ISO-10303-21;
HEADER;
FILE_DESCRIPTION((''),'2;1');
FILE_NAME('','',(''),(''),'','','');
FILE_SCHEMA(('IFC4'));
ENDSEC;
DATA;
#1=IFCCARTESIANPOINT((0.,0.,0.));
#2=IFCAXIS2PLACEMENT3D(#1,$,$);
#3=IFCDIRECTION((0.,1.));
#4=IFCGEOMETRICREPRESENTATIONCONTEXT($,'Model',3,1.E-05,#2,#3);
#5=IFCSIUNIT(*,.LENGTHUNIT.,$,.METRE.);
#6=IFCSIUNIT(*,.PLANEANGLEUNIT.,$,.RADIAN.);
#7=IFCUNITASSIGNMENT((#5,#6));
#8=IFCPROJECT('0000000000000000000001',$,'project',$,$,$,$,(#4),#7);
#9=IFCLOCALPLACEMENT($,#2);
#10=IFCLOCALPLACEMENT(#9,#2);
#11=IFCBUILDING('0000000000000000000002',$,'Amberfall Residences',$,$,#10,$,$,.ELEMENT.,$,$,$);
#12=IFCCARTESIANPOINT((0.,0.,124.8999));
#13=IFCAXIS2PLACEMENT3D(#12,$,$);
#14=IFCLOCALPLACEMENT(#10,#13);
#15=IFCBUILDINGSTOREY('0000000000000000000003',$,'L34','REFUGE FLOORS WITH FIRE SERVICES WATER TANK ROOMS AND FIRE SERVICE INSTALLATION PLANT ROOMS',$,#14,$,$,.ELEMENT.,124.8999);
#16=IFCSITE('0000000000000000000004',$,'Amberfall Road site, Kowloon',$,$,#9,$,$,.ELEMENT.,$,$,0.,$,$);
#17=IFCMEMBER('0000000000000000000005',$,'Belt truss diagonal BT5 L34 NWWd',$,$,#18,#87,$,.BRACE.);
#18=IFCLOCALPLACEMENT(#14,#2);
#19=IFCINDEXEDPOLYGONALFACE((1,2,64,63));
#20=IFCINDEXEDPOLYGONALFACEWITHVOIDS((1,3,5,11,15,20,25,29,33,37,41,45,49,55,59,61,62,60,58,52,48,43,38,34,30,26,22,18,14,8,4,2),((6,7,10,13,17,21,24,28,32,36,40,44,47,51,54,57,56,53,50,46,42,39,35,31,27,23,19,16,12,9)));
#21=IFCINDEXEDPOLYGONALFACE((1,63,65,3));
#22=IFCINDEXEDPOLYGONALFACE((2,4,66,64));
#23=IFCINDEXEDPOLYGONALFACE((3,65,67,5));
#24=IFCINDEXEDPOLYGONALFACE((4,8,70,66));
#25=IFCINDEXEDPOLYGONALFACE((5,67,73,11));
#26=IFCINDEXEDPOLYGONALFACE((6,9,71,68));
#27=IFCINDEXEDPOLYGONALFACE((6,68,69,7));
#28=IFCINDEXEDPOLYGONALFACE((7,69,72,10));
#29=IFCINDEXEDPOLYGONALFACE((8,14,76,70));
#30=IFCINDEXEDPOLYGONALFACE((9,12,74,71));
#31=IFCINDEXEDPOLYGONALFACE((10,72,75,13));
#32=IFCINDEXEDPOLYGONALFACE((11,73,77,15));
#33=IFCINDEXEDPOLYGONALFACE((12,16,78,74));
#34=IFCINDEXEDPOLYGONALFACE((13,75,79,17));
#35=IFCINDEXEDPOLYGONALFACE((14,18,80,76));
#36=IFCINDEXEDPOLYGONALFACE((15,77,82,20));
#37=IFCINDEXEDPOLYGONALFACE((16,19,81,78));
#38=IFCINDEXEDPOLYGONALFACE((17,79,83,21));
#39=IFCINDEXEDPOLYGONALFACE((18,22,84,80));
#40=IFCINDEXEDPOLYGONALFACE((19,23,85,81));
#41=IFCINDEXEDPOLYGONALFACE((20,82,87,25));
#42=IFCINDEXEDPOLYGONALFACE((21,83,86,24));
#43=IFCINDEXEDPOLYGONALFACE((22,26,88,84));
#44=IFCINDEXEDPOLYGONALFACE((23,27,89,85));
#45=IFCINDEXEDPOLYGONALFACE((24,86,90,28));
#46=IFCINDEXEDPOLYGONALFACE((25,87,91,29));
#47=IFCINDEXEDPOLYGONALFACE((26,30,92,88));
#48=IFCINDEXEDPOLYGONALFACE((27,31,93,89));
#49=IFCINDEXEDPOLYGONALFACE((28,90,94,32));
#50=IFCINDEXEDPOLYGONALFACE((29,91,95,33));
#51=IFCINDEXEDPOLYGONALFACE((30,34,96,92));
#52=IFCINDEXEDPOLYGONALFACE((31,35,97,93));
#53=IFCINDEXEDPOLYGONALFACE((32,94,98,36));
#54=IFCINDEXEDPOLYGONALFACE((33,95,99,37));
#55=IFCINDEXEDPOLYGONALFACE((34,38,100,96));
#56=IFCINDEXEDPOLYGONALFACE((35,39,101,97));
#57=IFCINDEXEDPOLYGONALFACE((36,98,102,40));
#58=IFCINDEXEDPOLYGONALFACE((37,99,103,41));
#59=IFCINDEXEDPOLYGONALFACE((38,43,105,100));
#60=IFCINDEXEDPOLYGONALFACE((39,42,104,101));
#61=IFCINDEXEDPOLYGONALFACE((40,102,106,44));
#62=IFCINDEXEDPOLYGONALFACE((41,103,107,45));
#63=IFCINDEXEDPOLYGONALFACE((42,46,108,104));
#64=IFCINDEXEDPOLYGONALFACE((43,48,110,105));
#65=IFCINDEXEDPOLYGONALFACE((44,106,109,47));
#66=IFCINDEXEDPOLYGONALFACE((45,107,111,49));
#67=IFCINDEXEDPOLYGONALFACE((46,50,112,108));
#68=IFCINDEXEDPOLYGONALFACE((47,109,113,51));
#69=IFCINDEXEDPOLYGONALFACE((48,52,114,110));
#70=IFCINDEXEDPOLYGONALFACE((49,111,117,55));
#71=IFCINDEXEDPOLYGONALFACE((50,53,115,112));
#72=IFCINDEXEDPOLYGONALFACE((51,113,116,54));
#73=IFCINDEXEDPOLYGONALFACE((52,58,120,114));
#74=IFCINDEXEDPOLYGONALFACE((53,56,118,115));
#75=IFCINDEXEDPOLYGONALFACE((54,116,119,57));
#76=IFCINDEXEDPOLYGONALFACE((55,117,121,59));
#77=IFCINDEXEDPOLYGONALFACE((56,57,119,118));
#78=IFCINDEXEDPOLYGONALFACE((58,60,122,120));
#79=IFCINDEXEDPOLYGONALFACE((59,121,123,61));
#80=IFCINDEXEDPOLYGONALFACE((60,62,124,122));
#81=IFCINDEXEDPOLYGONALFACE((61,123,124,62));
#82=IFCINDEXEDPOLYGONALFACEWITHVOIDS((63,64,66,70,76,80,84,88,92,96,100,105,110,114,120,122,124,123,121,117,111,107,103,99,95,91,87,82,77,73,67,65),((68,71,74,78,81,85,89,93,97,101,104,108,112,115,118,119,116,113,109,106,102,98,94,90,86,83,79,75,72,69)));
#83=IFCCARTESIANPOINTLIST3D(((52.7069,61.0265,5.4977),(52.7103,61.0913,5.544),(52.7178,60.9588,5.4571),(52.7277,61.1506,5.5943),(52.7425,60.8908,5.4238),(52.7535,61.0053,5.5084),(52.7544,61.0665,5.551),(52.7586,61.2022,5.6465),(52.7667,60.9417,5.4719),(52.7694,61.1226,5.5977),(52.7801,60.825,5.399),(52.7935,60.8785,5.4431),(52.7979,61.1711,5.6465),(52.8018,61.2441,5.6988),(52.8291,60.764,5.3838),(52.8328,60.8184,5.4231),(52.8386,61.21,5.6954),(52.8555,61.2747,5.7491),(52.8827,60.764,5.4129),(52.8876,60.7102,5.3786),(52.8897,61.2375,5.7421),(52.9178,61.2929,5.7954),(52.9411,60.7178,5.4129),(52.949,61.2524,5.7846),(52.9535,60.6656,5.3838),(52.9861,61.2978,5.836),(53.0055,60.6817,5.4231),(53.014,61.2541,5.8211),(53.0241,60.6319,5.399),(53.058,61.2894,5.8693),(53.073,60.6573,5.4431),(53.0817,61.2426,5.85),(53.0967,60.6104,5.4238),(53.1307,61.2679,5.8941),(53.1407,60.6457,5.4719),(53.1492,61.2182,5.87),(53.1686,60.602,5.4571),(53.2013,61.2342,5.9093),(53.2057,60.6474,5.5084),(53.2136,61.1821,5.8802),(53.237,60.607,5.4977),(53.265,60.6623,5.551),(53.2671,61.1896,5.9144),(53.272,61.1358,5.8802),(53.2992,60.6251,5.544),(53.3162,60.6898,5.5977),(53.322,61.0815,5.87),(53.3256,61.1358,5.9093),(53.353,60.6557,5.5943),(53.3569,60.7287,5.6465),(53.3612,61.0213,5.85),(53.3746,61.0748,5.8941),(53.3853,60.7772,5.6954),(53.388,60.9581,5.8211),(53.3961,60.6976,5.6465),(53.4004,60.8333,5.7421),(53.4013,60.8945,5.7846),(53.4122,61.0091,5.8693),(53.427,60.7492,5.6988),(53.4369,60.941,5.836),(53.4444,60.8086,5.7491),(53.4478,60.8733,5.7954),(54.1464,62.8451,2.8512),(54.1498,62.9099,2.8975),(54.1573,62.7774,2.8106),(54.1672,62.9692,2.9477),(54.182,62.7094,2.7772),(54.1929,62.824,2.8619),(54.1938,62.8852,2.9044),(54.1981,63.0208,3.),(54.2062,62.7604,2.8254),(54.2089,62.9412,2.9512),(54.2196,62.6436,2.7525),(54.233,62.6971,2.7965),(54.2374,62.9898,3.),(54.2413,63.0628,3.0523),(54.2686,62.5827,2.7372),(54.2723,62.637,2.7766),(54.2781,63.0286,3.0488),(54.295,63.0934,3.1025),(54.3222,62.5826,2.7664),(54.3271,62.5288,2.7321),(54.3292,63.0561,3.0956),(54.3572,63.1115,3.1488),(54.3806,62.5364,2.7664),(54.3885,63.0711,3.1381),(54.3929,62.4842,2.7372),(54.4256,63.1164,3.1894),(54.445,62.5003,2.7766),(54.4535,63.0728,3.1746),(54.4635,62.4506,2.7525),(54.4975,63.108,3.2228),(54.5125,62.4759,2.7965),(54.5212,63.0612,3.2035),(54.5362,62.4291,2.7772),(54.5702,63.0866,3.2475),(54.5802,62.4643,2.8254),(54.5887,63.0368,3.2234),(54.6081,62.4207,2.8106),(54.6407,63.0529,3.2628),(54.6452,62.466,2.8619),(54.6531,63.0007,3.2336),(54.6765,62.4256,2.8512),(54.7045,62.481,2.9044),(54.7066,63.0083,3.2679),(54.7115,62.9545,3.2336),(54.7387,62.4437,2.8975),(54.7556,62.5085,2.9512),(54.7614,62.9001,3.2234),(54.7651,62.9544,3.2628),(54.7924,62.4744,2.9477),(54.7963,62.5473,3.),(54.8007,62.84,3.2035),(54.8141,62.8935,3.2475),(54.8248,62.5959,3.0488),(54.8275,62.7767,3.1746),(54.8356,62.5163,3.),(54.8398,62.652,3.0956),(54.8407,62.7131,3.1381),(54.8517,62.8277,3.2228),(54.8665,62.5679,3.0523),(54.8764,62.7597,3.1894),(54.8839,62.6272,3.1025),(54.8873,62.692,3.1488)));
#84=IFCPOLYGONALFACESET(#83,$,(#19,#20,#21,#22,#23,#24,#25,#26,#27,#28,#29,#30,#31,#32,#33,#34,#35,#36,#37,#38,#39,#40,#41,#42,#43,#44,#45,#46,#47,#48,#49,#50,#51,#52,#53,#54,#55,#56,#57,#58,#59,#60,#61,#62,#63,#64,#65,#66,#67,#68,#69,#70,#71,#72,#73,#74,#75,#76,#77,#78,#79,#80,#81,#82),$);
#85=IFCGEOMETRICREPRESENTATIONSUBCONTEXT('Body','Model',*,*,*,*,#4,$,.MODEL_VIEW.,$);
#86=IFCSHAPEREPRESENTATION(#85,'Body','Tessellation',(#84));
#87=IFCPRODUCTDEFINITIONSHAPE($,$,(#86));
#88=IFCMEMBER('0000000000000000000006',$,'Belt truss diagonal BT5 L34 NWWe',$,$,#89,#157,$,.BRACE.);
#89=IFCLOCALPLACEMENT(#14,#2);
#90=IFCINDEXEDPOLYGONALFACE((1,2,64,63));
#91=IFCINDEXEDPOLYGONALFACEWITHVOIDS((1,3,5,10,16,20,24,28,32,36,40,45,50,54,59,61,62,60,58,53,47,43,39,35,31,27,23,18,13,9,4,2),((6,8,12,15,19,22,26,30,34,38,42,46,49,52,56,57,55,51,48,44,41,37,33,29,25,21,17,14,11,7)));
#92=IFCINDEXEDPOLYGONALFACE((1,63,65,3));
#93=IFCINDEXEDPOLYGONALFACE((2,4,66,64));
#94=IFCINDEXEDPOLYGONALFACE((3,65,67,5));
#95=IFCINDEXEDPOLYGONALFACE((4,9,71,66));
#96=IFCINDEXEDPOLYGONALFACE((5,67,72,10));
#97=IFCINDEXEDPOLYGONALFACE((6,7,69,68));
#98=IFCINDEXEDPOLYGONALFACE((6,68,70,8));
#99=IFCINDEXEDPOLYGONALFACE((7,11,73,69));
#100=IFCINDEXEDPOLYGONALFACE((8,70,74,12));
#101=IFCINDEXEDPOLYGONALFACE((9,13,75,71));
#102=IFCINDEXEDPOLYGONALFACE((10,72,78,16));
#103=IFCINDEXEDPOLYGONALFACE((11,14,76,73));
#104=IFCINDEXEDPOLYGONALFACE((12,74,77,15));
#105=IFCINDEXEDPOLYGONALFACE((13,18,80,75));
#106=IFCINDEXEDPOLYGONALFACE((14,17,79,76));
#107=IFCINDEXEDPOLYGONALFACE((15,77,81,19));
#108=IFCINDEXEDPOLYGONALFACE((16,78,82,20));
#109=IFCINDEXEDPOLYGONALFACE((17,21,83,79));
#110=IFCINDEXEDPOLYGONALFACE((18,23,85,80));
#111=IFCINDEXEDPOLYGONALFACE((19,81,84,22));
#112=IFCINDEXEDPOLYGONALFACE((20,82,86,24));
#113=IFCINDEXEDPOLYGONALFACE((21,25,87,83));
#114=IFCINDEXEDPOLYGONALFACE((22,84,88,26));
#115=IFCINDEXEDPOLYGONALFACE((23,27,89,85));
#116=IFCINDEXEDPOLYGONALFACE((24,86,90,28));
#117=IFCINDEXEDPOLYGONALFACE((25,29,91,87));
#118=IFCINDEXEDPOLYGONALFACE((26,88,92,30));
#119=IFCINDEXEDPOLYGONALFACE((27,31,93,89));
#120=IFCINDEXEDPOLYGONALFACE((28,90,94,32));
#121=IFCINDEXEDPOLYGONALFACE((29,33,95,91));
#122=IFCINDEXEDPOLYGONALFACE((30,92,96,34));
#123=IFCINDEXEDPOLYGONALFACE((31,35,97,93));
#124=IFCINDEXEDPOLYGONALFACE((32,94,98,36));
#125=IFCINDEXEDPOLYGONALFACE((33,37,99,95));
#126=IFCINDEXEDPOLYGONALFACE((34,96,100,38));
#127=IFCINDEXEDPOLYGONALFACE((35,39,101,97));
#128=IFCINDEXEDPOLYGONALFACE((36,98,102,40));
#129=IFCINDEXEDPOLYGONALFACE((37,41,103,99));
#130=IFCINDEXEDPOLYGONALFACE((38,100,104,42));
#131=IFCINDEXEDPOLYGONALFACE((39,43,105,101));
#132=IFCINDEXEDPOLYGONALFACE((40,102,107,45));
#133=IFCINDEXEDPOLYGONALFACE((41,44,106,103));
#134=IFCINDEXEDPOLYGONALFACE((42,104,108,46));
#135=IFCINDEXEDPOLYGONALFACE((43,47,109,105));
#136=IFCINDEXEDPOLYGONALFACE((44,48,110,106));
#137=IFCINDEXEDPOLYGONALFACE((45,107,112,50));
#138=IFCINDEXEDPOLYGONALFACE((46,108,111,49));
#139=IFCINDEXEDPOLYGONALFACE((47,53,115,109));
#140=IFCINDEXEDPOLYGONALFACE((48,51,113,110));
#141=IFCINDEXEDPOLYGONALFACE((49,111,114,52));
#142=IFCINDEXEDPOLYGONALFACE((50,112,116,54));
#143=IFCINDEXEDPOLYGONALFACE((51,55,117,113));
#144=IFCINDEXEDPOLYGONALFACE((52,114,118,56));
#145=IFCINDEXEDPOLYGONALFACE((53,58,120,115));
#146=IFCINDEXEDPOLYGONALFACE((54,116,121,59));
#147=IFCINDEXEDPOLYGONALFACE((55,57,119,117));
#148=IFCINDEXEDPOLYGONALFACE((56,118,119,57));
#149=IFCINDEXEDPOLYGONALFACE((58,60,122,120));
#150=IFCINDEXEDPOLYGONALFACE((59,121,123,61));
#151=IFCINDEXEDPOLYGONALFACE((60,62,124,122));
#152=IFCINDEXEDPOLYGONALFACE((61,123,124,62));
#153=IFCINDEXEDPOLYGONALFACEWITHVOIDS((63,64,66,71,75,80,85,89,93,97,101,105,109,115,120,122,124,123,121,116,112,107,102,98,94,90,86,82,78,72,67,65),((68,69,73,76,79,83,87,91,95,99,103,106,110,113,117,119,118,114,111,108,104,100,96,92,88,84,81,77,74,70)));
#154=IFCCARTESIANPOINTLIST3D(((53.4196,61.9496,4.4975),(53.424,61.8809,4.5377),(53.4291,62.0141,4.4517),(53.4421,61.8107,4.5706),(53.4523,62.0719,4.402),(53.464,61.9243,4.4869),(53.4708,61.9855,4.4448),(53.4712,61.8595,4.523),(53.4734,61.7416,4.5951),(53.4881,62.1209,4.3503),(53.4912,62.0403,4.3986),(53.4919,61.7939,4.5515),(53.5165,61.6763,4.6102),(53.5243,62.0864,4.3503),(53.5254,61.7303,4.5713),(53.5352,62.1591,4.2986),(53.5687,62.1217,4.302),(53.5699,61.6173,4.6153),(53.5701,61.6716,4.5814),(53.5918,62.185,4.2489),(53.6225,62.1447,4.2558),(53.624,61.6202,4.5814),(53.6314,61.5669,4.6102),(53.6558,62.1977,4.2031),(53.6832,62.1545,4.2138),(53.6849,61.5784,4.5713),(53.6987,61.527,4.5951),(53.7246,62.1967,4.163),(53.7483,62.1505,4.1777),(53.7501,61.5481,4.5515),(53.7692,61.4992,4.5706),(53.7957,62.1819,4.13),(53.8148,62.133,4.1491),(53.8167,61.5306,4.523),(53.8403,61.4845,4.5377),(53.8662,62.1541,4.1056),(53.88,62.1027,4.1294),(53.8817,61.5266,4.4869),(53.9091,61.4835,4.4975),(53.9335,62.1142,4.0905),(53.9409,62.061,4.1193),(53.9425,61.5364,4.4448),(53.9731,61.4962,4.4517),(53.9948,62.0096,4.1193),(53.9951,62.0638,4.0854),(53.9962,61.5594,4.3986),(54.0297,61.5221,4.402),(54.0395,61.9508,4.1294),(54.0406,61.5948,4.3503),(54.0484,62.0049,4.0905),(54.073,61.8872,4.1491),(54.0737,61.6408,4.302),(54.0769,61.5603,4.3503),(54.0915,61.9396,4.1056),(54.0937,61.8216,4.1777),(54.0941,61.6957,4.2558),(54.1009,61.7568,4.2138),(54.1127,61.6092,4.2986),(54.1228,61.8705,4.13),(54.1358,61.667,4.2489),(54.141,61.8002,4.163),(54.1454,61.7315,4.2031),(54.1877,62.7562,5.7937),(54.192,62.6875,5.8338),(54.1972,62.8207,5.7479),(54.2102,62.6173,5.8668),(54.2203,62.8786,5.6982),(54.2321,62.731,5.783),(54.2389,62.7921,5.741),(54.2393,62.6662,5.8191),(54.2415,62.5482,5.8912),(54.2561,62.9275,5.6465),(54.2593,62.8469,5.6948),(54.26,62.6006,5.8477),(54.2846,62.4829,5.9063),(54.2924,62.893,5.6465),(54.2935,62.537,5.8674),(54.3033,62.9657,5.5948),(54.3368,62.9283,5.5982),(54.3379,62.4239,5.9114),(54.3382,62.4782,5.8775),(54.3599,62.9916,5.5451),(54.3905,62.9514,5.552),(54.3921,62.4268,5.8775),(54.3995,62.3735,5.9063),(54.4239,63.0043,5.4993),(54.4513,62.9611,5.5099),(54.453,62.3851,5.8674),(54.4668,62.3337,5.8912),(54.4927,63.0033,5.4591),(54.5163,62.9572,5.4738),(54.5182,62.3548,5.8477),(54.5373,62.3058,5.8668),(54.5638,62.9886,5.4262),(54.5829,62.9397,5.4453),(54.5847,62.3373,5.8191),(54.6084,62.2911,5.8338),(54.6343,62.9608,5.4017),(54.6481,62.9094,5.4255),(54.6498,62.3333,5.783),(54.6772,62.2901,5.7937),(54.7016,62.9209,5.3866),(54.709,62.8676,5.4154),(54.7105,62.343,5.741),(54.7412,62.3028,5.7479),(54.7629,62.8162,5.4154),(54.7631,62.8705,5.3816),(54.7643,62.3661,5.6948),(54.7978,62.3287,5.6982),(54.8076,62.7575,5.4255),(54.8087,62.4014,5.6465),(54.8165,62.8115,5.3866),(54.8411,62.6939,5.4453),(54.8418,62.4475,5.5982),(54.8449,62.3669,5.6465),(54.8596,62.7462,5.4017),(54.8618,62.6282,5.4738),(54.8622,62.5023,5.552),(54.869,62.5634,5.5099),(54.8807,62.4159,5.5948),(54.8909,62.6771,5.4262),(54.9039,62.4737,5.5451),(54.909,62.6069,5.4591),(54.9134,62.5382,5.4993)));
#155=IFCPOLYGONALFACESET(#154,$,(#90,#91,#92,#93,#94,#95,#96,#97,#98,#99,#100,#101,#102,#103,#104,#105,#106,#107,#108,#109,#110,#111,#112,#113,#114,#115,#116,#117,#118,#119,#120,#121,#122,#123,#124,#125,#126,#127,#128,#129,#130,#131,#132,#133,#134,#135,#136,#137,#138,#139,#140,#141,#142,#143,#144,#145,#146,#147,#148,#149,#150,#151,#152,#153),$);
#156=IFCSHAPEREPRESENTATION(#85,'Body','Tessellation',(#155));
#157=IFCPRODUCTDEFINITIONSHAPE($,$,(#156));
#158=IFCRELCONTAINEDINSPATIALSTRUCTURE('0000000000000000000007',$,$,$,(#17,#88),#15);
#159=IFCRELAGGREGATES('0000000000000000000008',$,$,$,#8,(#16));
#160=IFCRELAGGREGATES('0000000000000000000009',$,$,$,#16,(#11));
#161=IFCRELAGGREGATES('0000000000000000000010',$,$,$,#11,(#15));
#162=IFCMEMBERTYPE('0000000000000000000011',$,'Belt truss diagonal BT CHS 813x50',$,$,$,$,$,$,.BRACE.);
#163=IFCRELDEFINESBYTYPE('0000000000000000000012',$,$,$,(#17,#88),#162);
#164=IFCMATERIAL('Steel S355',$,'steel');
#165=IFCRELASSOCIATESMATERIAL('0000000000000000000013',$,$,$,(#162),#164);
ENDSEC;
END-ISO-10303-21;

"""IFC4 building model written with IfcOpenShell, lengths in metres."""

from ifc_helpers import new_model, si_unit, direction, frame, origin, origin_2d, place, context, subcontext, project, spatial, hollow_circle, extrude, material, material_profile, profile_set, type_object, element, save


model = new_model("IFC4")

# Units and contexts
model_context = context("Model", 3, precision=1e-05, world=origin(), true_north=direction((0.0, 1.0)))
body_context = subcontext(model_context, "Body", "Model", "MODEL_VIEW")
ifc_project = project(units=[si_unit("LENGTHUNIT", "METRE"), si_unit("PLANEANGLEUNIT", "RADIAN")], contexts=[model_context])

# Site, building, storey
site_placement = place(None, origin())
site = spatial("IfcSite", under=ifc_project, at=site_placement, Name="Amberfall Road site, Kowloon", CompositionType="ELEMENT", RefElevation=0.0)
building_placement = place(site_placement, origin())
building = spatial("IfcBuilding", under=site, at=building_placement, Name="Amberfall Residences", CompositionType="ELEMENT")
storey_placement = place(building_placement, frame((0.0, 0.0, 124.8999)))
storey = spatial("IfcBuildingStorey", under=building, at=storey_placement, Name="L34", Description="REFUGE FLOORS WITH FIRE SERVICES WATER TANK ROOMS AND FIRE SERVICE INSTALLATION PLANT ROOMS", CompositionType="ELEMENT", Elevation=124.8999)

# Shared definitions
ifc_material_1 = material(Name="Steel S355", Category="steel")

# Members
ifc_material_profile_1 = material_profile(ifc_material_1, hollow_circle(Radius=0.4065, WallThickness=0.05, at=origin_2d()), Name="CHS 813x50")
ifc_profile_set_1 = profile_set([ifc_material_profile_1], Name="Steel S355")
member_type = type_object("IfcMemberType", Name="Belt truss diagonal BT CHS 813x50", PredefinedType="BRACE", material=ifc_profile_set_1)
member_1_placement = place(storey_placement, frame((54.5168, 62.7686, 3.0), z_axis=(-0.409054, -0.516798, 0.75206), x_axis=(0.784103, -0.62063, 0.0)))
element("IfcMember", 1, at=member_1_placement, inside=storey, type_object=member_type, Name="Belt truss diagonal BT5 L34 NWWd", PredefinedType="BRACE", context=body_context, shape_type="SweptSolid", body=[
    extrude(hollow_circle(Radius=0.4065, WallThickness=0.05, at=origin_2d()), origin(), (0.0, 0.0, 1.0), 3.519),
])
member_2_placement = place(storey_placement, frame((54.5505, 62.6472, 5.6465), z_axis=(-0.449432, -0.472004, -0.758435), x_axis=(0.724211, -0.689579, 0.0)))
element("IfcMember", 2, at=member_2_placement, inside=storey, type_object=member_type, Name="Belt truss diagonal BT5 L34 NWWe", PredefinedType="BRACE", context=body_context, shape_type="SweptSolid", body=[
    extrude(hollow_circle(Radius=0.4065, WallThickness=0.05, at=origin_2d()), origin(), (0.0, 0.0, 1.0), 1.709),
])

save(model, "model.ifc")
